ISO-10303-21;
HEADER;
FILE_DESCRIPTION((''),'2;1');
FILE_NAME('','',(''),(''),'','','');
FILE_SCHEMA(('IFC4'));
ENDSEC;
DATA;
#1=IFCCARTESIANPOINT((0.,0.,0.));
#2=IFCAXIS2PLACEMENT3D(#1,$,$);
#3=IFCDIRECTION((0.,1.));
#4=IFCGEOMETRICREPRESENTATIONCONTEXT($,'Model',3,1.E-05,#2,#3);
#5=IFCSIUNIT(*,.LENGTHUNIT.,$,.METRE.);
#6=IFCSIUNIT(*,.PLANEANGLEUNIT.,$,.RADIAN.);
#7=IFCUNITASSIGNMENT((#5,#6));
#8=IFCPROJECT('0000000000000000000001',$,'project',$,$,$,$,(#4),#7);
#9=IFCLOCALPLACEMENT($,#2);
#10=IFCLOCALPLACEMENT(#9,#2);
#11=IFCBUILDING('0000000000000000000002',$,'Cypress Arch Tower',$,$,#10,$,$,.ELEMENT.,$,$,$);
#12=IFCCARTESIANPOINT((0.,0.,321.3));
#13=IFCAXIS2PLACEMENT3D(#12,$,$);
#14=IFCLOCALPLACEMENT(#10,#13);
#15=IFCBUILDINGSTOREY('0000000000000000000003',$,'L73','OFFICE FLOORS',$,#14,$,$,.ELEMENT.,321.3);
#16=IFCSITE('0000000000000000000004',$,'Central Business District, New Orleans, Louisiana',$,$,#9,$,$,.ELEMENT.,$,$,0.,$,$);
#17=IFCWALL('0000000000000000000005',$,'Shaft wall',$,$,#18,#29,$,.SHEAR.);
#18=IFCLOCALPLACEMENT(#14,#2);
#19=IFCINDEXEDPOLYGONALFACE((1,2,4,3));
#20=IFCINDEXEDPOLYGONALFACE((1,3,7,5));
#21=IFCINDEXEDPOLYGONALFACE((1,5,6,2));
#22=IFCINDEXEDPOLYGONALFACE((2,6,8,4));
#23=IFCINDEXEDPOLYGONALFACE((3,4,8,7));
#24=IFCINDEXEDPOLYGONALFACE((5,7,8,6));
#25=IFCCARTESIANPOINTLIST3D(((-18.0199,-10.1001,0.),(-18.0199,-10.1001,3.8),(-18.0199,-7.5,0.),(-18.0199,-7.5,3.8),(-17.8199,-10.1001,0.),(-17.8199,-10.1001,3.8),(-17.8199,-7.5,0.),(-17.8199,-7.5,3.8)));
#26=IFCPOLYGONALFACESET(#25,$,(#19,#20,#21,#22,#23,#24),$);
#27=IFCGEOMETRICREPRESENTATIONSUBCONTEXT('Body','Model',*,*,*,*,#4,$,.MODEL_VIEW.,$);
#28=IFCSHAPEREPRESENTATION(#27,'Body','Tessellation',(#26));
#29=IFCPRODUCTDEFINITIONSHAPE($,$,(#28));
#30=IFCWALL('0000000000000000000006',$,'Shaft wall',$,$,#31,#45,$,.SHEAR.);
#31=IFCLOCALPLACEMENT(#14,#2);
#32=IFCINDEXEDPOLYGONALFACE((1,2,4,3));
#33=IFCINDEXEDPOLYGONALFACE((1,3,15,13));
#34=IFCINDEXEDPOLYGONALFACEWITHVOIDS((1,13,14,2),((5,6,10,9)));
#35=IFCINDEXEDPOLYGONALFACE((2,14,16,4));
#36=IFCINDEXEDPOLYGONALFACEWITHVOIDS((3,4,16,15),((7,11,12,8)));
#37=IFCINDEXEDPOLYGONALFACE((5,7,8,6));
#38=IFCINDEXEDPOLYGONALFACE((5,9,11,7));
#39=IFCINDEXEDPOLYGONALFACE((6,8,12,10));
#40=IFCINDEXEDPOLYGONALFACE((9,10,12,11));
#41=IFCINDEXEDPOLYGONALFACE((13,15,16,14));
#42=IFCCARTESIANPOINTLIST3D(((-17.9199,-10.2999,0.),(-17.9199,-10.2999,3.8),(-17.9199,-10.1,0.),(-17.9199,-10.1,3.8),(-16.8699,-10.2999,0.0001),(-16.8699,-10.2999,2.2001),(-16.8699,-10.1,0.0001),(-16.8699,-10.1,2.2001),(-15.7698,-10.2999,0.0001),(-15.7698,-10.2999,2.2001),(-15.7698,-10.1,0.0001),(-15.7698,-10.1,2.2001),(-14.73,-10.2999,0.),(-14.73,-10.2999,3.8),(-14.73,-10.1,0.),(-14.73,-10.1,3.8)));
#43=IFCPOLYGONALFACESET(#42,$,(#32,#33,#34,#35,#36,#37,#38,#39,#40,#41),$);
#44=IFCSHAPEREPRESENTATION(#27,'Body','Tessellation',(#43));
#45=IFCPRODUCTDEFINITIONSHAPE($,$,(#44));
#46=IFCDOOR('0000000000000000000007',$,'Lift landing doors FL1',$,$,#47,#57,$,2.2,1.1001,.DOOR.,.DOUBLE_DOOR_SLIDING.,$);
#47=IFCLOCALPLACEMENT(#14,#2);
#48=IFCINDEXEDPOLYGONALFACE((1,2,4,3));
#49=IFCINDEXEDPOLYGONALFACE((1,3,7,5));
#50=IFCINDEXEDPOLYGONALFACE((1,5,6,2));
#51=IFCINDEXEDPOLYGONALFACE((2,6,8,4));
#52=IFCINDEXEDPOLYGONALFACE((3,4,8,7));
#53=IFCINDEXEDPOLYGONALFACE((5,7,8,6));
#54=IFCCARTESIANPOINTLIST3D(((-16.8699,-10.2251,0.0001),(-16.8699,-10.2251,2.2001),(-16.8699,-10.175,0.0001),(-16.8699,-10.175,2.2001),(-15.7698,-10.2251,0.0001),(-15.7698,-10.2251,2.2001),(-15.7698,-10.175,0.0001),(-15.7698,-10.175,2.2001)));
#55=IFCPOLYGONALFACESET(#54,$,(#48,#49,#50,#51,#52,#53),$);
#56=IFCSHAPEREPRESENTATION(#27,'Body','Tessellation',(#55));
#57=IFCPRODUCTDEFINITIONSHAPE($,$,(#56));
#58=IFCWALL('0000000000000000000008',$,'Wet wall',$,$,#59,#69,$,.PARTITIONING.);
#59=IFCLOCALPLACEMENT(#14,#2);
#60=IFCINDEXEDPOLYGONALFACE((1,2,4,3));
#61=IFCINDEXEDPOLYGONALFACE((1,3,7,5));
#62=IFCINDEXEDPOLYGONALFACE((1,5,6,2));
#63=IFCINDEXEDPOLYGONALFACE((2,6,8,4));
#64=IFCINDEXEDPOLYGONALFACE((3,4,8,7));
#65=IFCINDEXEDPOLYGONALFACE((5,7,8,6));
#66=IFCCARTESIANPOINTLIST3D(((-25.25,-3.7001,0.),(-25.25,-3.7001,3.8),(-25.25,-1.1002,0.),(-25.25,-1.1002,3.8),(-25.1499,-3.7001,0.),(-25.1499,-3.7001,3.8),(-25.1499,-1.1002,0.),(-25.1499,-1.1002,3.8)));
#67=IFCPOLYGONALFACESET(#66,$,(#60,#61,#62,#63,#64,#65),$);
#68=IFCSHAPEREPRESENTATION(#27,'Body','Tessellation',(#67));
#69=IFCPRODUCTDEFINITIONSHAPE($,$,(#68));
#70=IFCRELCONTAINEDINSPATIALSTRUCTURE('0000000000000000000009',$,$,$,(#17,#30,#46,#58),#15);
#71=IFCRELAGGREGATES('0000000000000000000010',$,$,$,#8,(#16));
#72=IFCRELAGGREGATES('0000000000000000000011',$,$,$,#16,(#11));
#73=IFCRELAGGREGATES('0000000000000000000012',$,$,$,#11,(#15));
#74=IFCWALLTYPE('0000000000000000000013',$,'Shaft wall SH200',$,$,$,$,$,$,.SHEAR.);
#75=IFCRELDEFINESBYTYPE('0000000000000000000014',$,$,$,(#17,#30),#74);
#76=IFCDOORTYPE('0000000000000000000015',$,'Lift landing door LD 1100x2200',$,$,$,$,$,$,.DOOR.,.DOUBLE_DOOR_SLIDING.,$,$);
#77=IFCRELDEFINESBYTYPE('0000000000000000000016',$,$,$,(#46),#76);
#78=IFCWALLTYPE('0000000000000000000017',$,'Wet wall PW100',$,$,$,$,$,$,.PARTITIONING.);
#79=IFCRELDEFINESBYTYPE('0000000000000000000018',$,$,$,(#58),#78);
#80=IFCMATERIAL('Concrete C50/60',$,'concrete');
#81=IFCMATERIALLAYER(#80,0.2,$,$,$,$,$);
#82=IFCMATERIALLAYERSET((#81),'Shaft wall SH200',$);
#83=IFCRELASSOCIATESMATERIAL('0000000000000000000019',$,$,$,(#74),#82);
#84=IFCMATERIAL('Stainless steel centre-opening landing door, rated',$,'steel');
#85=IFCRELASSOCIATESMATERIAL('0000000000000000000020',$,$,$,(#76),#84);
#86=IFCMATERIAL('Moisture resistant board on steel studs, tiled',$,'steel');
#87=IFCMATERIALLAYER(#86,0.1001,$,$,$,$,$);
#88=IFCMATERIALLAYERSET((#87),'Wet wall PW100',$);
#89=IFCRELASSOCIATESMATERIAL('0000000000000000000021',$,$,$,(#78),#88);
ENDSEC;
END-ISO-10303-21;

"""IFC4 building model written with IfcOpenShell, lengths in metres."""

from ifc_helpers import new_model, si_unit, direction, frame, frame_2d, origin, place, context, subcontext, project, spatial, rectangle, extrude, material, layer, layer_set, type_object, element, fill, save


model = new_model("IFC4")

# Units and contexts
model_context = context("Model", 3, precision=1e-05, world=origin(), true_north=direction((0.0, 1.0)))
body_context = subcontext(model_context, "Body", "Model", "MODEL_VIEW")
ifc_project = project(units=[si_unit("LENGTHUNIT", "METRE"), si_unit("PLANEANGLEUNIT", "RADIAN")], contexts=[model_context])

# Site, building, storey
site_placement = place(None, origin())
site = spatial("IfcSite", under=ifc_project, at=site_placement, Name="Central Business District, New Orleans, Louisiana", CompositionType="ELEMENT", RefElevation=0.0)
building_placement = place(site_placement, origin())
building = spatial("IfcBuilding", under=site, at=building_placement, Name="Cypress Arch Tower", CompositionType="ELEMENT")
storey_placement = place(building_placement, frame((0.0, 0.0, 321.3)))
storey = spatial("IfcBuildingStorey", under=building, at=storey_placement, Name="L73", Description="OFFICE FLOORS", CompositionType="ELEMENT", Elevation=321.3)

# Wall
ifc_material_1 = material(Name="Concrete C50/60", Category="concrete")
ifc_layer_1 = layer(ifc_material_1, 0.2)
ifc_layer_set_1 = layer_set([ifc_layer_1], Name="Shaft wall SH200")
wall_type_1 = type_object("IfcWallType", Name="Shaft wall SH200", PredefinedType="SHEAR", material=ifc_layer_set_1)
wall_1_placement = place(storey_placement, frame((-17.9199, -10.1001, 0.0), z_axis=(0.0, 0.0, 1.0), x_axis=(0.0, 1.0, 0.0)))
element("IfcWall", 1, at=wall_1_placement, inside=storey, type_object=wall_type_1, Name="Shaft wall", PredefinedType="SHEAR", context=body_context, shape_type="SweptSolid", body=[
    extrude(rectangle(XDim=2.6001, YDim=0.2, at=frame_2d((1.3, 0.0))), origin(), (0.0, 0.0, 1.0), 3.8),
])

# Wall, opening, door
wall_2_placement = place(storey_placement, frame((-17.9199, -10.2, 0.0), z_axis=(0.0, 0.0, 1.0), x_axis=(1.0, 0.0, 0.0)))
wall_2 = element("IfcWall", 2, at=wall_2_placement, inside=storey, type_object=wall_type_1, Name="Shaft wall", PredefinedType="SHEAR", context=body_context, shape_type="SweptSolid", body=[
    extrude(rectangle(XDim=3.1899, YDim=0.2, at=frame_2d((1.595, 0.0))), origin(), (0.0, 0.0, 1.0), 3.8),
])
opening_1_placement = place(wall_2_placement, frame((1.05, 0.0, 0.0)))
opening_1 = element("IfcOpeningElement", 3, at=opening_1_placement, cuts=wall_2, PredefinedType="OPENING", context=body_context, shape_type="SweptSolid", body=[
    extrude(rectangle(XDim=1.1001, YDim=2.2, at=frame_2d((0.55, 1.1001))), frame((0.0, 0.1099, 0.0), z_axis=(0.0, -1.0, 0.0), x_axis=(1.0, 0.0, 0.0)), (0.0, 0.0, 1.0), 0.22),
])
ifc_material_2 = material(Name="Stainless steel centre-opening landing door, rated", Category="steel")
door_type_1 = type_object("IfcDoorType", Name="Lift landing door LD 1100x2200", OperationType="DOUBLE_DOOR_SLIDING", PredefinedType="DOOR", material=ifc_material_2)
door_1_placement = place(opening_1_placement, origin())
door_1 = element("IfcDoor", 4, at=door_1_placement, inside=storey, type_object=door_type_1, Name="Lift landing doors FL1", OperationType="DOUBLE_DOOR_SLIDING", OverallHeight=2.2, OverallWidth=1.1001, PredefinedType="DOOR", context=body_context, shape_type="SweptSolid", body=[
    extrude(rectangle(XDim=1.1001, YDim=2.2, at=frame_2d((0.55, 1.1001))), frame((0.0, 0.0249, 0.0), z_axis=(0.0, -1.0, 0.0), x_axis=(1.0, 0.0, 0.0)), (0.0, 0.0, 1.0), 0.05),
])
fill(opening_1, door_1)

# Wall
ifc_material_3 = material(Name="Moisture resistant board on steel studs, tiled", Category="steel")
ifc_layer_2 = layer(ifc_material_3, 0.1001)
ifc_layer_set_2 = layer_set([ifc_layer_2], Name="Wet wall PW100")
wall_type_2 = type_object("IfcWallType", Name="Wet wall PW100", PredefinedType="PARTITIONING", material=ifc_layer_set_2)
wall_3_placement = place(storey_placement, frame((-25.2, -3.7, 0.0), z_axis=(0.0, 0.0, 1.0), x_axis=(0.0, 1.0, 0.0)))
element("IfcWall", 5, at=wall_3_placement, inside=storey, type_object=wall_type_2, Name="Wet wall", PredefinedType="PARTITIONING", context=body_context, shape_type="SweptSolid", body=[
    extrude(rectangle(XDim=2.5999, YDim=0.1001, at=frame_2d((1.2998, 0.0))), origin(), (0.0, 0.0, 1.0), 3.8),
])

save(model, "model.ifc")
